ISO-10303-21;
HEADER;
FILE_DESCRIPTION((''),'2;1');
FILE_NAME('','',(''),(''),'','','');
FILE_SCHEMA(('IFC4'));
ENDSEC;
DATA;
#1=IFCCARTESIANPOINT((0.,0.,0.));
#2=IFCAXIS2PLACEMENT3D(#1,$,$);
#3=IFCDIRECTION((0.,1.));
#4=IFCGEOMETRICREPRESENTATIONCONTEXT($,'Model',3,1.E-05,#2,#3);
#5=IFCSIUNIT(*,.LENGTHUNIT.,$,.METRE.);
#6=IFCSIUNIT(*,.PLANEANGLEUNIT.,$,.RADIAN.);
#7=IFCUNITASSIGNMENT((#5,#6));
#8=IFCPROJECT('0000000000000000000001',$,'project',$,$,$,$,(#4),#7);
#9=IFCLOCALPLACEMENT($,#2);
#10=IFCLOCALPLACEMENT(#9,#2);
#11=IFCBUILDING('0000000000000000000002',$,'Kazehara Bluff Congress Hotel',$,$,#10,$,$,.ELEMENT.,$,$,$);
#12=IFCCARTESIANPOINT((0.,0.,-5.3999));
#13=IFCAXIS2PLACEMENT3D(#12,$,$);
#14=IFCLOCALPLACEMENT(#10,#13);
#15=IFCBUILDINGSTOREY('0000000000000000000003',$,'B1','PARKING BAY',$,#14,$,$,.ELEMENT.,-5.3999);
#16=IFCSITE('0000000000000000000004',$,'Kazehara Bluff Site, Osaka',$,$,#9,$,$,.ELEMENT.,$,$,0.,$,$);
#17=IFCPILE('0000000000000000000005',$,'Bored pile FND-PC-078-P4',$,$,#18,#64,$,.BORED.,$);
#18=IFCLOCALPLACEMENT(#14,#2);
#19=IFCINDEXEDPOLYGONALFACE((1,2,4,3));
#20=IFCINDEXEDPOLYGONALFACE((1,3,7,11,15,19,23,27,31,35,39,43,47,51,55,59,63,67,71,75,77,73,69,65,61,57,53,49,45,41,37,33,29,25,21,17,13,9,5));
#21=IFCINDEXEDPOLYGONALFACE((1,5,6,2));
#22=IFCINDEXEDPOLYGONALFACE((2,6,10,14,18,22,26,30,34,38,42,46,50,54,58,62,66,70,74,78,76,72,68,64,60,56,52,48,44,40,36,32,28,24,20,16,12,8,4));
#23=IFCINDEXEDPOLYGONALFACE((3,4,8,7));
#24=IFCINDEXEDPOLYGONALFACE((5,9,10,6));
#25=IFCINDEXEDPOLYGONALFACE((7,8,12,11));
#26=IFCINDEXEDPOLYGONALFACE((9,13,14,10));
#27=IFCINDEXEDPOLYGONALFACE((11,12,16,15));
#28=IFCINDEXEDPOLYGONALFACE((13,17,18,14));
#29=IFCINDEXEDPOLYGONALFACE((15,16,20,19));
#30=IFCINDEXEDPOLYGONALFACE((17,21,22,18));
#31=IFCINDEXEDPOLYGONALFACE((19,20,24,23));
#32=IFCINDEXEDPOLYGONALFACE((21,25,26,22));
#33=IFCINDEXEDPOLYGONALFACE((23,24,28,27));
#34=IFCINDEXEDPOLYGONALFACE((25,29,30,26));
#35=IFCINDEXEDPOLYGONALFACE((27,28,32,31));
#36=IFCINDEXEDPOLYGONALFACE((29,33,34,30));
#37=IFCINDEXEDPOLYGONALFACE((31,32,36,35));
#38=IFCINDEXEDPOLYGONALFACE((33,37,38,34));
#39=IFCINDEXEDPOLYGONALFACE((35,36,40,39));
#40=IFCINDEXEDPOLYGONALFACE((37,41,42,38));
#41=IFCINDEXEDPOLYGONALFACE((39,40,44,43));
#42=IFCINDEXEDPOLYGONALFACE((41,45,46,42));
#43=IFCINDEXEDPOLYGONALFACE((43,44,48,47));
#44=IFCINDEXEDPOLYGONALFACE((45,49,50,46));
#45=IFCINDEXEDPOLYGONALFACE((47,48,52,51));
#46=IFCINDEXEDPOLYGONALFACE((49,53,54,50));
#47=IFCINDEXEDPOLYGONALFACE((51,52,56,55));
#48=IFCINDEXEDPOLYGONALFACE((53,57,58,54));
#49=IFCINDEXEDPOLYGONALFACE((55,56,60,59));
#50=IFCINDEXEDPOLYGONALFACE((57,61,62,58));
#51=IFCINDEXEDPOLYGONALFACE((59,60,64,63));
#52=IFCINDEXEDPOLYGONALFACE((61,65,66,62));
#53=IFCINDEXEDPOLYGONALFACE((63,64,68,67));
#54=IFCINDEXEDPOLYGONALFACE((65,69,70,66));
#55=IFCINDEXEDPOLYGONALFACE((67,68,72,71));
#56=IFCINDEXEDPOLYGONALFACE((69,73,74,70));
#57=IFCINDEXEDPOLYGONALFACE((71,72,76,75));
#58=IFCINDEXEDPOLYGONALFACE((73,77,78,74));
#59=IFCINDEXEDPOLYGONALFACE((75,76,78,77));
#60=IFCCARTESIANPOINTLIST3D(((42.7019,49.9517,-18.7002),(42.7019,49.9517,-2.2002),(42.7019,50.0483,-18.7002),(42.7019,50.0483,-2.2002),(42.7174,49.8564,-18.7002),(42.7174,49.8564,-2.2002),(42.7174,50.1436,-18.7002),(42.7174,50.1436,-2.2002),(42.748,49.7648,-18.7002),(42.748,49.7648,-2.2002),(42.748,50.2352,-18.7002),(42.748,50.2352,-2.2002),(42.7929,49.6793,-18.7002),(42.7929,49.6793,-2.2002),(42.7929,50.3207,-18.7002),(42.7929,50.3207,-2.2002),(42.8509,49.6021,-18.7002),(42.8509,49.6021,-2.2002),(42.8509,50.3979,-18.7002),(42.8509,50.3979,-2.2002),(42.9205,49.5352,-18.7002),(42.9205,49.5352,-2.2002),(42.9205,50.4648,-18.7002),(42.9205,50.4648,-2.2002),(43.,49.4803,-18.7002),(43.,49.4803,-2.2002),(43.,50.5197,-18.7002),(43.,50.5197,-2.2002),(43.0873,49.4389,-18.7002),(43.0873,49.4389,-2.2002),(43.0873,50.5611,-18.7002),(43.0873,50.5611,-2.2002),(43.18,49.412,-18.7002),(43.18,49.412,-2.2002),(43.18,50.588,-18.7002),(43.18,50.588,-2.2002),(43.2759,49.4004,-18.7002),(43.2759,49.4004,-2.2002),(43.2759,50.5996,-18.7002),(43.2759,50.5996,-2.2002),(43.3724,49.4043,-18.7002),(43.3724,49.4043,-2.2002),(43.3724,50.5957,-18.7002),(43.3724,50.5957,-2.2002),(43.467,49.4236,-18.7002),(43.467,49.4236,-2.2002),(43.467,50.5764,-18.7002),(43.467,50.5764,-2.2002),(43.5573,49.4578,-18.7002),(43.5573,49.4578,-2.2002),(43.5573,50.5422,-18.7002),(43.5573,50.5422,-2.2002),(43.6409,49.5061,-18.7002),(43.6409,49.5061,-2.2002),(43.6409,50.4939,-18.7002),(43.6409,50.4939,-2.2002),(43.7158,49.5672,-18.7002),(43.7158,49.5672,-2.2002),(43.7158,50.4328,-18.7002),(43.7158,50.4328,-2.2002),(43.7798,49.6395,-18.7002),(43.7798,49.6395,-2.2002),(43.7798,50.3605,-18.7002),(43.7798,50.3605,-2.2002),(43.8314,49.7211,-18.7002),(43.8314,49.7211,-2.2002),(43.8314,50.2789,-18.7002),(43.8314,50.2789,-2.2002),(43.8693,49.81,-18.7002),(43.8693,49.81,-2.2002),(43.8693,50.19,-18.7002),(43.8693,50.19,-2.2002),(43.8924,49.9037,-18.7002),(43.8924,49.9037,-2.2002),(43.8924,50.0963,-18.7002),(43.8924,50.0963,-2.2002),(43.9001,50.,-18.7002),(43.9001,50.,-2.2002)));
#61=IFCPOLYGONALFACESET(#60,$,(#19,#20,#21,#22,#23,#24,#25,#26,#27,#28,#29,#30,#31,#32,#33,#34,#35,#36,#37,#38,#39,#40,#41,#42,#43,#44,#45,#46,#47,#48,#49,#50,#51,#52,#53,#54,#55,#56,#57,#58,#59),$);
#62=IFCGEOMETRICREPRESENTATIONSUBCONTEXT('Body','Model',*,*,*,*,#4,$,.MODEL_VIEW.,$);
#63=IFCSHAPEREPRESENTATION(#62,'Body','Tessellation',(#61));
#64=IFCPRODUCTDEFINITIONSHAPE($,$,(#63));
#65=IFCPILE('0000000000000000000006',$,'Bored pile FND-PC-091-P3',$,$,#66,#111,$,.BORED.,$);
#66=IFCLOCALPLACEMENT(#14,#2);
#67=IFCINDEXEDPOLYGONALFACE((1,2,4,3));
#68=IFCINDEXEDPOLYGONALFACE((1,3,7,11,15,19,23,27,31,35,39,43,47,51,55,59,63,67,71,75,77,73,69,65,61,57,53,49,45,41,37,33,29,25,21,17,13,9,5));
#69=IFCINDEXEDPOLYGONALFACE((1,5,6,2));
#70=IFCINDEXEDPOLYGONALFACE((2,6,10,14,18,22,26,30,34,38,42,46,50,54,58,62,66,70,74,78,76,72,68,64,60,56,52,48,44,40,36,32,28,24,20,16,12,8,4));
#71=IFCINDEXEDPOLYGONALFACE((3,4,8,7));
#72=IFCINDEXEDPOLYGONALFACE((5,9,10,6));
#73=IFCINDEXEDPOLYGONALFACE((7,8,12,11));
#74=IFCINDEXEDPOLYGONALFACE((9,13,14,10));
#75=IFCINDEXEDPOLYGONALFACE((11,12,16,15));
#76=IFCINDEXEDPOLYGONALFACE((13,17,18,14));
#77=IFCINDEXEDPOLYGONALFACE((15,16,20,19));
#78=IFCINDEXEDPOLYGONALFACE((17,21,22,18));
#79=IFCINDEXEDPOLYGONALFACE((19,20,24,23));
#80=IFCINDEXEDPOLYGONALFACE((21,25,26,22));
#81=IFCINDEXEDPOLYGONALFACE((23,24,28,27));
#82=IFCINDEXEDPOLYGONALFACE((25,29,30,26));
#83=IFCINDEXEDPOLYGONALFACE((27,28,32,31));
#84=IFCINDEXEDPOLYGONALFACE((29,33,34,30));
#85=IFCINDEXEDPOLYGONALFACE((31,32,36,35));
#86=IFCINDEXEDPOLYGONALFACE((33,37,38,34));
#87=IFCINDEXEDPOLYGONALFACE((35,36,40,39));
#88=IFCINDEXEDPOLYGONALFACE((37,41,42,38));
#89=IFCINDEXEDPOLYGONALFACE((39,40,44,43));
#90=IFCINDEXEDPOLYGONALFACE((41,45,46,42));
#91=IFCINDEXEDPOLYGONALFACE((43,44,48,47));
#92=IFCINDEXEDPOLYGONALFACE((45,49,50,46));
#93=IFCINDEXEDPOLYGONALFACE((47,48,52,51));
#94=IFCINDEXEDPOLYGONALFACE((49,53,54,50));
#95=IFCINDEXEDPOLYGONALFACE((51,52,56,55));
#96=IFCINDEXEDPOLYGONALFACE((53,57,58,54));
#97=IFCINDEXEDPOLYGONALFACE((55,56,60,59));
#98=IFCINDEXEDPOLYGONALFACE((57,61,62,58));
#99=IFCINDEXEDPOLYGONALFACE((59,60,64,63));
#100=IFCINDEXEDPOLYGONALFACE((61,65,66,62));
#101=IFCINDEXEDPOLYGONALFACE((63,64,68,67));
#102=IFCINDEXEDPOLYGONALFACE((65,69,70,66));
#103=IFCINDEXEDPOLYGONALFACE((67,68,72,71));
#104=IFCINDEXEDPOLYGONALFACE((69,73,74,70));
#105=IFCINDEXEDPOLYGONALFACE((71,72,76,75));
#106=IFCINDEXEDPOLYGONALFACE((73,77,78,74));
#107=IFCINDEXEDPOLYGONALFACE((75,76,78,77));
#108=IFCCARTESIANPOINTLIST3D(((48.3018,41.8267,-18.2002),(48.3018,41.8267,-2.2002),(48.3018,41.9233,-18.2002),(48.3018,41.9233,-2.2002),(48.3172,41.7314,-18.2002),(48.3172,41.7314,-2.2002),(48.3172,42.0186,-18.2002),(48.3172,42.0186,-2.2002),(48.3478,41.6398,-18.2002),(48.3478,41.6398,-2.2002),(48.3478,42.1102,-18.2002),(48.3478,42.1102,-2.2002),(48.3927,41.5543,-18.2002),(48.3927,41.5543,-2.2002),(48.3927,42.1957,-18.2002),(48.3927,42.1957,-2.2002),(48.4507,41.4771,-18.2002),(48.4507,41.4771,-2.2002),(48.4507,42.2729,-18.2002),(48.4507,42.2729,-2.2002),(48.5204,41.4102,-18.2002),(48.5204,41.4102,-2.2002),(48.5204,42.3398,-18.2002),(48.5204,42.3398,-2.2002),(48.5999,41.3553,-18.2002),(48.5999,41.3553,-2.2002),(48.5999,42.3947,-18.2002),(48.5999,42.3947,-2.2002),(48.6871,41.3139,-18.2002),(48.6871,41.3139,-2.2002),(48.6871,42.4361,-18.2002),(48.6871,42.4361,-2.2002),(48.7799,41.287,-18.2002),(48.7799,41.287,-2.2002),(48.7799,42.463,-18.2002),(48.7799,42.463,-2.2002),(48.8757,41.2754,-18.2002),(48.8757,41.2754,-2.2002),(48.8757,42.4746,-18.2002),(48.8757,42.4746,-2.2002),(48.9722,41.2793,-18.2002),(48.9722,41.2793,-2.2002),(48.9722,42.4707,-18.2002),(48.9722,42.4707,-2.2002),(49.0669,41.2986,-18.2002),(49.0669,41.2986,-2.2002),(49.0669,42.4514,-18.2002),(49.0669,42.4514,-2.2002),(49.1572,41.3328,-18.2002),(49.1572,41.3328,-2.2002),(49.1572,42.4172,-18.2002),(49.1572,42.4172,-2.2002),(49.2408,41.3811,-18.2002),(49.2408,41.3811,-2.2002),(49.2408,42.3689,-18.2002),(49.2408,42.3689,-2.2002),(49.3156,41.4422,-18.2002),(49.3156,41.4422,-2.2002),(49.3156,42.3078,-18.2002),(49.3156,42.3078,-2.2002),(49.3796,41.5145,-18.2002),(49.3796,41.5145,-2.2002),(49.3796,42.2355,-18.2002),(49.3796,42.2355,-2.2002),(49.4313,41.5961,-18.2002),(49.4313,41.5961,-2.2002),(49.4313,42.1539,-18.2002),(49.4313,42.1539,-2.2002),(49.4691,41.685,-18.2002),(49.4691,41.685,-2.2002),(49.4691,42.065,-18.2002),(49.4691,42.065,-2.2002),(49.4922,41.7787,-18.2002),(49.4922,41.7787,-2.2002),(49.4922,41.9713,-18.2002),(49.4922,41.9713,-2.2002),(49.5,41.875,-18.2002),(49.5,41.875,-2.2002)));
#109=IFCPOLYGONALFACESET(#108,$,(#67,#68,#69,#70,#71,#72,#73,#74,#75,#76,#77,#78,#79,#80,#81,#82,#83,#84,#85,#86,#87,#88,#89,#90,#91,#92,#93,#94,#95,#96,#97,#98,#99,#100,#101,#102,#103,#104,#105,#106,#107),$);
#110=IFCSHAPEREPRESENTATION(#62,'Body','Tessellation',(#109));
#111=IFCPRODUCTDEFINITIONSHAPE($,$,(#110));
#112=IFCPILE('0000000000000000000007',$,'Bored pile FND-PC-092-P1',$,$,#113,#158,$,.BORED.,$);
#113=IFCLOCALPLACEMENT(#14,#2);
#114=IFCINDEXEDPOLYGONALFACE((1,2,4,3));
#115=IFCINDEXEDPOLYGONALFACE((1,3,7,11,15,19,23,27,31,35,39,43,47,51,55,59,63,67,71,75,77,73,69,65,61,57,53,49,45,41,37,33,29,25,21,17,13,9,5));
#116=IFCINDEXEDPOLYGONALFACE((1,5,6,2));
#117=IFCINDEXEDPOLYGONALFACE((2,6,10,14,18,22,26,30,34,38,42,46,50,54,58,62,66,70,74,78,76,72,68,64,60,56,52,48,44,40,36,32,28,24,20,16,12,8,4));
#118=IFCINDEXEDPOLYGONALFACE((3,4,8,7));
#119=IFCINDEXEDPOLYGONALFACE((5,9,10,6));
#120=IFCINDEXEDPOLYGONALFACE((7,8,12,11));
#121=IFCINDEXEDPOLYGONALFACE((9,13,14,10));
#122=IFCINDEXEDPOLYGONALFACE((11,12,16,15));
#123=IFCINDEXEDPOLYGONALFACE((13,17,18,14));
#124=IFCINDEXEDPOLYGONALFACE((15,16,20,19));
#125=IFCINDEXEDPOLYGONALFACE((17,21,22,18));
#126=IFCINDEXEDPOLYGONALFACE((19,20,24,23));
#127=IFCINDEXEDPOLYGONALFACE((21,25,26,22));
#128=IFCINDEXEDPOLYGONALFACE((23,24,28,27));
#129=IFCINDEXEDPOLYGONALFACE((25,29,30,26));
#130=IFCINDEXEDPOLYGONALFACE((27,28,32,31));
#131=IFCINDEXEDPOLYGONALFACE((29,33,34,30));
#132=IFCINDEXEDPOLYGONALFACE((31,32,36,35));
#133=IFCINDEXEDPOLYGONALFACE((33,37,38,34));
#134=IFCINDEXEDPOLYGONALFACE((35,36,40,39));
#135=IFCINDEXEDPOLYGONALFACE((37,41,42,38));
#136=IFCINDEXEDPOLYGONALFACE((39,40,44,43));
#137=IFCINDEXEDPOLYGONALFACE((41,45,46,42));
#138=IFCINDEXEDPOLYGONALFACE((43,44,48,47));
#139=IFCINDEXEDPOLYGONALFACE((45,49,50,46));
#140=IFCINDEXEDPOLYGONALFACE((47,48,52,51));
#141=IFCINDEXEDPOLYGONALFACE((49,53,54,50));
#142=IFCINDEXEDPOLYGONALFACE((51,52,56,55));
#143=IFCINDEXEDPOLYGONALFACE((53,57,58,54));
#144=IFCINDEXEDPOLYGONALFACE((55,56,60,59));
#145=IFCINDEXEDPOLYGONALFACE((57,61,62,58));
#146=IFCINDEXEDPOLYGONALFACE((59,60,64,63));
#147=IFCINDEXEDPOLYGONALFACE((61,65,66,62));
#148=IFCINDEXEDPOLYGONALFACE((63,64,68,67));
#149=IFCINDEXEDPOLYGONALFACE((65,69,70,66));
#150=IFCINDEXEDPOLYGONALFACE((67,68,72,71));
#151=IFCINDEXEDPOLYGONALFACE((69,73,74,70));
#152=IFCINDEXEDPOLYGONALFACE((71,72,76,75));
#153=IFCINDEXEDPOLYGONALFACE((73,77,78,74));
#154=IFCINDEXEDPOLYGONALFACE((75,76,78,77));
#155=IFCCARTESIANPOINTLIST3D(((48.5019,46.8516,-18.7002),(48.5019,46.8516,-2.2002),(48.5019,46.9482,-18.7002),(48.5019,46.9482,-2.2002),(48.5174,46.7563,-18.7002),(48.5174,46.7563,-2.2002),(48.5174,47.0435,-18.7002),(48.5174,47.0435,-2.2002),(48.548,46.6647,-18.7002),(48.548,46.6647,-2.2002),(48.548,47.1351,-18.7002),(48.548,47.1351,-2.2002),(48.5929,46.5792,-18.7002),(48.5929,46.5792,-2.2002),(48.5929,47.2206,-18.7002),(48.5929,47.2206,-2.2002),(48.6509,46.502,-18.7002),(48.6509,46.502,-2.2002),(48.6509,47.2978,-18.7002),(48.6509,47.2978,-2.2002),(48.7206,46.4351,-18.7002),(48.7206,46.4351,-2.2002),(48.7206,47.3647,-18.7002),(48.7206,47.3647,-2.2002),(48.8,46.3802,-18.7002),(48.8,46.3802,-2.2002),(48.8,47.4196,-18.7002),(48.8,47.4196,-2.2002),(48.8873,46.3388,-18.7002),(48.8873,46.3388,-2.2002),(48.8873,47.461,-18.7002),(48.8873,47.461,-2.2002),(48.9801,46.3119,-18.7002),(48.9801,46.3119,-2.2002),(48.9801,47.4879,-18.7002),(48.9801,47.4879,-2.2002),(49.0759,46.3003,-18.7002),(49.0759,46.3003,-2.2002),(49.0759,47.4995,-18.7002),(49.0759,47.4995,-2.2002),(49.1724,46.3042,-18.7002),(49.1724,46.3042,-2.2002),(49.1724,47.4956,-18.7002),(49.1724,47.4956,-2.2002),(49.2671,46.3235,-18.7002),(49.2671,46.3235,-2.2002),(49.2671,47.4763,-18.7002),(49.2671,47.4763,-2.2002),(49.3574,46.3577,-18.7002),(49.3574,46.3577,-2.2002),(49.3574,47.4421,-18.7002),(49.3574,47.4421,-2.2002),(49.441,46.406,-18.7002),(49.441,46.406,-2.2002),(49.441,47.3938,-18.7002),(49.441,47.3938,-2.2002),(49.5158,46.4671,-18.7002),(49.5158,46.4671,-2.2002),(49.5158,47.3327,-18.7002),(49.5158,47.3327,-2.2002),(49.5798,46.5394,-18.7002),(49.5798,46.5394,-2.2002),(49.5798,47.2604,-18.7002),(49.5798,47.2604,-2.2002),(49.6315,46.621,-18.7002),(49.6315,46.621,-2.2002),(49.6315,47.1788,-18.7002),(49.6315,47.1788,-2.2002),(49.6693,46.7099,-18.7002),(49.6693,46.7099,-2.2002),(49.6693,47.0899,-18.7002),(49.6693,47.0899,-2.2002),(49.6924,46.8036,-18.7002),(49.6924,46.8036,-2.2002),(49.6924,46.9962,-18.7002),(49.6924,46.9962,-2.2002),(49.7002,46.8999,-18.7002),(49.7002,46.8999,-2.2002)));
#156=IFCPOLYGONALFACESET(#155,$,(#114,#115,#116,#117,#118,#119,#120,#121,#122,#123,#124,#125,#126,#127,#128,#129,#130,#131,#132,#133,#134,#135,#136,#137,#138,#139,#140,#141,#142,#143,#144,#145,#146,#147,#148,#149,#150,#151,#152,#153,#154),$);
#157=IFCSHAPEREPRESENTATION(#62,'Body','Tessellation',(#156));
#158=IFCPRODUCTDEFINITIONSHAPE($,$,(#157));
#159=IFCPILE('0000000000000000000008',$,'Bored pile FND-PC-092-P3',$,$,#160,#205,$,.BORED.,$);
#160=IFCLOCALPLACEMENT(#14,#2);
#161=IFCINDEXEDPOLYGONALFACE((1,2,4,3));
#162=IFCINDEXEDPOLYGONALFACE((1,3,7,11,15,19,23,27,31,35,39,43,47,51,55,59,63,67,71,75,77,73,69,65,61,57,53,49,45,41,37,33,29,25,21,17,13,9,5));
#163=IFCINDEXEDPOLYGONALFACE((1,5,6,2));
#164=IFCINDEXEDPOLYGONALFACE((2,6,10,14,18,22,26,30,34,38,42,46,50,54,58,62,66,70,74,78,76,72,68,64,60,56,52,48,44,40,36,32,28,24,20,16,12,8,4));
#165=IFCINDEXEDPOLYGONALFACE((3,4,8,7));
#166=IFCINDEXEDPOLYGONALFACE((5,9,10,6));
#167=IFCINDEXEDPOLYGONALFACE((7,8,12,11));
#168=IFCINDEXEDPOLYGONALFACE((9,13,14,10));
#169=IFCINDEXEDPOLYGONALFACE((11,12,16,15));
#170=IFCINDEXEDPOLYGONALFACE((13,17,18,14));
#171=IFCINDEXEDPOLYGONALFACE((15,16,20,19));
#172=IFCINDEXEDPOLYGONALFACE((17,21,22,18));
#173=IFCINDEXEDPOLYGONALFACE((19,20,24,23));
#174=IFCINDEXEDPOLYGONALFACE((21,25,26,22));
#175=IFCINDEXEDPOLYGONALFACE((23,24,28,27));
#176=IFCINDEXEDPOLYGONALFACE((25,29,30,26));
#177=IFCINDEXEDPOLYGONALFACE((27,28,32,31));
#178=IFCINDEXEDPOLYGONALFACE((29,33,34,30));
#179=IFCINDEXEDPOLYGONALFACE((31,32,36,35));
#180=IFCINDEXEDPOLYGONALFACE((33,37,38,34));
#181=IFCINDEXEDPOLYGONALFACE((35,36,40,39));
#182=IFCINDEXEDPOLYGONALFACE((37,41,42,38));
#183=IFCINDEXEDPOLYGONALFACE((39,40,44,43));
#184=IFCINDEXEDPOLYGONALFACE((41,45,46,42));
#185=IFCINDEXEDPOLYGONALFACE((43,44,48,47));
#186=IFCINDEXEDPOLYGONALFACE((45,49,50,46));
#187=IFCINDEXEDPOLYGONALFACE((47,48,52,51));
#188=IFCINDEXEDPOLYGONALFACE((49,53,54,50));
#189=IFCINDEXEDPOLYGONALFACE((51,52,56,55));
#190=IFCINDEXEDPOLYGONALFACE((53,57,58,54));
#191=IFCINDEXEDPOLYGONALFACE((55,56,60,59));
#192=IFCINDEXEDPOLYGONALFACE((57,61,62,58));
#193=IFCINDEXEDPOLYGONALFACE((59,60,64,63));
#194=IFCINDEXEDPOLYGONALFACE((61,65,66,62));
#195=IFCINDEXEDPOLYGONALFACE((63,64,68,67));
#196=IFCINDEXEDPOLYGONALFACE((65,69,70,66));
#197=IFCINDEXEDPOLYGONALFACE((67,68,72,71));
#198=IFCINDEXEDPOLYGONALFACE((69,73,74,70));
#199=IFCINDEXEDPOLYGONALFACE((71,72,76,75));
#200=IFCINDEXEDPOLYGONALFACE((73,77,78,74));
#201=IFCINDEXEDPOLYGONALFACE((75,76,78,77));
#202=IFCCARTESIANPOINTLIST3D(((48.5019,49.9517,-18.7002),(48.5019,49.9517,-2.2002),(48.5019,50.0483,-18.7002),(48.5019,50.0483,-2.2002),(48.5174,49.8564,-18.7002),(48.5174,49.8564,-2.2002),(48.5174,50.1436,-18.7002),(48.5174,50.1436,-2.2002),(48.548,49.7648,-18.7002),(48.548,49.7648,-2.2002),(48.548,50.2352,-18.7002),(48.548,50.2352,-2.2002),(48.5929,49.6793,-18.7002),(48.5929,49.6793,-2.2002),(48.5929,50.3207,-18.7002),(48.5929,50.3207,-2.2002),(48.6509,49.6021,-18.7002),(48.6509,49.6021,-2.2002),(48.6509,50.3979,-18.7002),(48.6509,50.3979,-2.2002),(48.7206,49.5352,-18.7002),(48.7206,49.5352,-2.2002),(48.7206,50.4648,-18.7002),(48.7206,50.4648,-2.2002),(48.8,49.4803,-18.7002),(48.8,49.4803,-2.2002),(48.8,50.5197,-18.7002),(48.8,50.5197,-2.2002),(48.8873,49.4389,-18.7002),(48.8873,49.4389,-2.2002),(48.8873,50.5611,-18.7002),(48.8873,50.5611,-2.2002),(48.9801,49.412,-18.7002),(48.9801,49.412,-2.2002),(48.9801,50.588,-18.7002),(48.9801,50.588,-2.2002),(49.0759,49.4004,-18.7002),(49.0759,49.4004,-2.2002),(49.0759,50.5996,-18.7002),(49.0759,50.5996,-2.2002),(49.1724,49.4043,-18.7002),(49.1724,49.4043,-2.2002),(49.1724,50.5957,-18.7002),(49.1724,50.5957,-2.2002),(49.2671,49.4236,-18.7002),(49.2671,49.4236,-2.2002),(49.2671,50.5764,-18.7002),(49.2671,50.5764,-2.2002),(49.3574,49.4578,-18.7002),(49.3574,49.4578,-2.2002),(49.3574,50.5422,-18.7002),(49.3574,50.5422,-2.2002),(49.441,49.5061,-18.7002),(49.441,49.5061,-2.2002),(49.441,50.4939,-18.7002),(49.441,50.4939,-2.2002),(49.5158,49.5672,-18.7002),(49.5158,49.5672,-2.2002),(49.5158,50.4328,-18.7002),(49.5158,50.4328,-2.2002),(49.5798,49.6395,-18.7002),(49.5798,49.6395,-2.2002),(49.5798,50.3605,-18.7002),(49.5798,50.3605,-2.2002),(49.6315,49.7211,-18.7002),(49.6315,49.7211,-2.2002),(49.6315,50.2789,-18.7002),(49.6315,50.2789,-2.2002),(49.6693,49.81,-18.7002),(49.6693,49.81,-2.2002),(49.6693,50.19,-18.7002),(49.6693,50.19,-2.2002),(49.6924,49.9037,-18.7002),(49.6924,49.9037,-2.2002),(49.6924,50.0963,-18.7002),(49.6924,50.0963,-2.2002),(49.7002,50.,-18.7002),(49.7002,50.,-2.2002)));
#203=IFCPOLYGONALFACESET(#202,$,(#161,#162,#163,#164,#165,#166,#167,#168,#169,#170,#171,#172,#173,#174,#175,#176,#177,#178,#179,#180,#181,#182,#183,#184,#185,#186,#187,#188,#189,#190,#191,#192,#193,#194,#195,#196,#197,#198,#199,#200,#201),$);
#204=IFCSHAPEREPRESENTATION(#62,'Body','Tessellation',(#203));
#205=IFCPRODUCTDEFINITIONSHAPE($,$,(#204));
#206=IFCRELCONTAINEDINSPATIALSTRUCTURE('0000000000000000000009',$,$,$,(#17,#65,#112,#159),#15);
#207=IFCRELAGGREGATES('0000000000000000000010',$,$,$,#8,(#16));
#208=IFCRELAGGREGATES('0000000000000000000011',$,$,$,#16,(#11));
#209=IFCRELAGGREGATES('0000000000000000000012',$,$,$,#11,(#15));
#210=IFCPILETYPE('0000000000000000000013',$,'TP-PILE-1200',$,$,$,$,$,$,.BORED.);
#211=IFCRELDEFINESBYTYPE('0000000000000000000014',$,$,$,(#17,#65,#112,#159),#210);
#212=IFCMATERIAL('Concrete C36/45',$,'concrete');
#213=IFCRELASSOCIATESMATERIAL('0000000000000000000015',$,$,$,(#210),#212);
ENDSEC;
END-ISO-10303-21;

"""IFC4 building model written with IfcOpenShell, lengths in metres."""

from ifc_helpers import new_model, si_unit, direction, frame, origin, origin_2d, place, context, subcontext, project, spatial, circle, extrude, material, material_profile, profile_set, type_object, element, save


model = new_model("IFC4")

# Units and contexts
model_context = context("Model", 3, precision=1e-05, world=origin(), true_north=direction((0.0, 1.0)))
body_context = subcontext(model_context, "Body", "Model", "MODEL_VIEW")
ifc_project = project(units=[si_unit("LENGTHUNIT", "METRE"), si_unit("PLANEANGLEUNIT", "RADIAN")], contexts=[model_context])

# Site, building, storey
site_placement = place(None, origin())
site = spatial("IfcSite", under=ifc_project, at=site_placement, Name="Kazehara Bluff Site, Osaka", CompositionType="ELEMENT", RefElevation=0.0)
building_placement = place(site_placement, origin())
building = spatial("IfcBuilding", under=site, at=building_placement, Name="Kazehara Bluff Congress Hotel", CompositionType="ELEMENT")
storey_placement = place(building_placement, frame((0.0, 0.0, -5.3999)))
storey = spatial("IfcBuildingStorey", under=building, at=storey_placement, Name="B1", Description="PARKING BAY", CompositionType="ELEMENT", Elevation=-5.3999)

# Piles
ifc_material_1 = material(Name="Concrete C36/45", Category="concrete")
ifc_material_profile_1 = material_profile(ifc_material_1, circle(Radius=0.6001, at=origin_2d()))
ifc_profile_set_1 = profile_set([ifc_material_profile_1], Name="Concrete C36/45")
pile_type = type_object("IfcPileType", Name="TP-PILE-1200", PredefinedType="BORED", material=ifc_profile_set_1)
for number, where, z_axis, x_axis, name in (
    (1, (43.3, 50.0, -2.2002), (0.0, 0.0, -1.0), (1.0, 0.0, 0.0), "Bored pile FND-PC-078-P4"),
):
    element("IfcPile", number, at=place(storey_placement, frame(where, z_axis=z_axis, x_axis=x_axis)), inside=storey, type_object=pile_type, Name=name, PredefinedType="BORED", context=body_context, shape_type="SweptSolid", body=[
        extrude(circle(Radius=0.6001, at=origin_2d()), origin(), (0.0, 0.0, 1.0), 16.5),
    ])
pile_1_placement = place(storey_placement, frame((48.8999, 41.875, -2.2002), z_axis=(0.0, 0.0, -1.0), x_axis=(1.0, 0.0, 0.0)))
element("IfcPile", 2, at=pile_1_placement, inside=storey, type_object=pile_type, Name="Bored pile FND-PC-091-P3", PredefinedType="BORED", context=body_context, shape_type="SweptSolid", body=[
    extrude(circle(Radius=0.6001, at=origin_2d()), origin(), (0.0, 0.0, 1.0), 16.0),
])
for number, where, z_axis, x_axis, name in (
    (3, (49.1001, 46.8999, -2.2002), (0.0, 0.0, -1.0), (1.0, 0.0, 0.0), "Bored pile FND-PC-092-P1"),
    (4, (49.1001, 50.0, -2.2002), (0.0, 0.0, -1.0), (1.0, 0.0, 0.0), "Bored pile FND-PC-092-P3"),
):
    element("IfcPile", number, at=place(storey_placement, frame(where, z_axis=z_axis, x_axis=x_axis)), inside=storey, type_object=pile_type, Name=name, PredefinedType="BORED", context=body_context, shape_type="SweptSolid", body=[
        extrude(circle(Radius=0.6001, at=origin_2d()), origin(), (0.0, 0.0, 1.0), 16.5),
    ])

save(model, "model.ifc")
